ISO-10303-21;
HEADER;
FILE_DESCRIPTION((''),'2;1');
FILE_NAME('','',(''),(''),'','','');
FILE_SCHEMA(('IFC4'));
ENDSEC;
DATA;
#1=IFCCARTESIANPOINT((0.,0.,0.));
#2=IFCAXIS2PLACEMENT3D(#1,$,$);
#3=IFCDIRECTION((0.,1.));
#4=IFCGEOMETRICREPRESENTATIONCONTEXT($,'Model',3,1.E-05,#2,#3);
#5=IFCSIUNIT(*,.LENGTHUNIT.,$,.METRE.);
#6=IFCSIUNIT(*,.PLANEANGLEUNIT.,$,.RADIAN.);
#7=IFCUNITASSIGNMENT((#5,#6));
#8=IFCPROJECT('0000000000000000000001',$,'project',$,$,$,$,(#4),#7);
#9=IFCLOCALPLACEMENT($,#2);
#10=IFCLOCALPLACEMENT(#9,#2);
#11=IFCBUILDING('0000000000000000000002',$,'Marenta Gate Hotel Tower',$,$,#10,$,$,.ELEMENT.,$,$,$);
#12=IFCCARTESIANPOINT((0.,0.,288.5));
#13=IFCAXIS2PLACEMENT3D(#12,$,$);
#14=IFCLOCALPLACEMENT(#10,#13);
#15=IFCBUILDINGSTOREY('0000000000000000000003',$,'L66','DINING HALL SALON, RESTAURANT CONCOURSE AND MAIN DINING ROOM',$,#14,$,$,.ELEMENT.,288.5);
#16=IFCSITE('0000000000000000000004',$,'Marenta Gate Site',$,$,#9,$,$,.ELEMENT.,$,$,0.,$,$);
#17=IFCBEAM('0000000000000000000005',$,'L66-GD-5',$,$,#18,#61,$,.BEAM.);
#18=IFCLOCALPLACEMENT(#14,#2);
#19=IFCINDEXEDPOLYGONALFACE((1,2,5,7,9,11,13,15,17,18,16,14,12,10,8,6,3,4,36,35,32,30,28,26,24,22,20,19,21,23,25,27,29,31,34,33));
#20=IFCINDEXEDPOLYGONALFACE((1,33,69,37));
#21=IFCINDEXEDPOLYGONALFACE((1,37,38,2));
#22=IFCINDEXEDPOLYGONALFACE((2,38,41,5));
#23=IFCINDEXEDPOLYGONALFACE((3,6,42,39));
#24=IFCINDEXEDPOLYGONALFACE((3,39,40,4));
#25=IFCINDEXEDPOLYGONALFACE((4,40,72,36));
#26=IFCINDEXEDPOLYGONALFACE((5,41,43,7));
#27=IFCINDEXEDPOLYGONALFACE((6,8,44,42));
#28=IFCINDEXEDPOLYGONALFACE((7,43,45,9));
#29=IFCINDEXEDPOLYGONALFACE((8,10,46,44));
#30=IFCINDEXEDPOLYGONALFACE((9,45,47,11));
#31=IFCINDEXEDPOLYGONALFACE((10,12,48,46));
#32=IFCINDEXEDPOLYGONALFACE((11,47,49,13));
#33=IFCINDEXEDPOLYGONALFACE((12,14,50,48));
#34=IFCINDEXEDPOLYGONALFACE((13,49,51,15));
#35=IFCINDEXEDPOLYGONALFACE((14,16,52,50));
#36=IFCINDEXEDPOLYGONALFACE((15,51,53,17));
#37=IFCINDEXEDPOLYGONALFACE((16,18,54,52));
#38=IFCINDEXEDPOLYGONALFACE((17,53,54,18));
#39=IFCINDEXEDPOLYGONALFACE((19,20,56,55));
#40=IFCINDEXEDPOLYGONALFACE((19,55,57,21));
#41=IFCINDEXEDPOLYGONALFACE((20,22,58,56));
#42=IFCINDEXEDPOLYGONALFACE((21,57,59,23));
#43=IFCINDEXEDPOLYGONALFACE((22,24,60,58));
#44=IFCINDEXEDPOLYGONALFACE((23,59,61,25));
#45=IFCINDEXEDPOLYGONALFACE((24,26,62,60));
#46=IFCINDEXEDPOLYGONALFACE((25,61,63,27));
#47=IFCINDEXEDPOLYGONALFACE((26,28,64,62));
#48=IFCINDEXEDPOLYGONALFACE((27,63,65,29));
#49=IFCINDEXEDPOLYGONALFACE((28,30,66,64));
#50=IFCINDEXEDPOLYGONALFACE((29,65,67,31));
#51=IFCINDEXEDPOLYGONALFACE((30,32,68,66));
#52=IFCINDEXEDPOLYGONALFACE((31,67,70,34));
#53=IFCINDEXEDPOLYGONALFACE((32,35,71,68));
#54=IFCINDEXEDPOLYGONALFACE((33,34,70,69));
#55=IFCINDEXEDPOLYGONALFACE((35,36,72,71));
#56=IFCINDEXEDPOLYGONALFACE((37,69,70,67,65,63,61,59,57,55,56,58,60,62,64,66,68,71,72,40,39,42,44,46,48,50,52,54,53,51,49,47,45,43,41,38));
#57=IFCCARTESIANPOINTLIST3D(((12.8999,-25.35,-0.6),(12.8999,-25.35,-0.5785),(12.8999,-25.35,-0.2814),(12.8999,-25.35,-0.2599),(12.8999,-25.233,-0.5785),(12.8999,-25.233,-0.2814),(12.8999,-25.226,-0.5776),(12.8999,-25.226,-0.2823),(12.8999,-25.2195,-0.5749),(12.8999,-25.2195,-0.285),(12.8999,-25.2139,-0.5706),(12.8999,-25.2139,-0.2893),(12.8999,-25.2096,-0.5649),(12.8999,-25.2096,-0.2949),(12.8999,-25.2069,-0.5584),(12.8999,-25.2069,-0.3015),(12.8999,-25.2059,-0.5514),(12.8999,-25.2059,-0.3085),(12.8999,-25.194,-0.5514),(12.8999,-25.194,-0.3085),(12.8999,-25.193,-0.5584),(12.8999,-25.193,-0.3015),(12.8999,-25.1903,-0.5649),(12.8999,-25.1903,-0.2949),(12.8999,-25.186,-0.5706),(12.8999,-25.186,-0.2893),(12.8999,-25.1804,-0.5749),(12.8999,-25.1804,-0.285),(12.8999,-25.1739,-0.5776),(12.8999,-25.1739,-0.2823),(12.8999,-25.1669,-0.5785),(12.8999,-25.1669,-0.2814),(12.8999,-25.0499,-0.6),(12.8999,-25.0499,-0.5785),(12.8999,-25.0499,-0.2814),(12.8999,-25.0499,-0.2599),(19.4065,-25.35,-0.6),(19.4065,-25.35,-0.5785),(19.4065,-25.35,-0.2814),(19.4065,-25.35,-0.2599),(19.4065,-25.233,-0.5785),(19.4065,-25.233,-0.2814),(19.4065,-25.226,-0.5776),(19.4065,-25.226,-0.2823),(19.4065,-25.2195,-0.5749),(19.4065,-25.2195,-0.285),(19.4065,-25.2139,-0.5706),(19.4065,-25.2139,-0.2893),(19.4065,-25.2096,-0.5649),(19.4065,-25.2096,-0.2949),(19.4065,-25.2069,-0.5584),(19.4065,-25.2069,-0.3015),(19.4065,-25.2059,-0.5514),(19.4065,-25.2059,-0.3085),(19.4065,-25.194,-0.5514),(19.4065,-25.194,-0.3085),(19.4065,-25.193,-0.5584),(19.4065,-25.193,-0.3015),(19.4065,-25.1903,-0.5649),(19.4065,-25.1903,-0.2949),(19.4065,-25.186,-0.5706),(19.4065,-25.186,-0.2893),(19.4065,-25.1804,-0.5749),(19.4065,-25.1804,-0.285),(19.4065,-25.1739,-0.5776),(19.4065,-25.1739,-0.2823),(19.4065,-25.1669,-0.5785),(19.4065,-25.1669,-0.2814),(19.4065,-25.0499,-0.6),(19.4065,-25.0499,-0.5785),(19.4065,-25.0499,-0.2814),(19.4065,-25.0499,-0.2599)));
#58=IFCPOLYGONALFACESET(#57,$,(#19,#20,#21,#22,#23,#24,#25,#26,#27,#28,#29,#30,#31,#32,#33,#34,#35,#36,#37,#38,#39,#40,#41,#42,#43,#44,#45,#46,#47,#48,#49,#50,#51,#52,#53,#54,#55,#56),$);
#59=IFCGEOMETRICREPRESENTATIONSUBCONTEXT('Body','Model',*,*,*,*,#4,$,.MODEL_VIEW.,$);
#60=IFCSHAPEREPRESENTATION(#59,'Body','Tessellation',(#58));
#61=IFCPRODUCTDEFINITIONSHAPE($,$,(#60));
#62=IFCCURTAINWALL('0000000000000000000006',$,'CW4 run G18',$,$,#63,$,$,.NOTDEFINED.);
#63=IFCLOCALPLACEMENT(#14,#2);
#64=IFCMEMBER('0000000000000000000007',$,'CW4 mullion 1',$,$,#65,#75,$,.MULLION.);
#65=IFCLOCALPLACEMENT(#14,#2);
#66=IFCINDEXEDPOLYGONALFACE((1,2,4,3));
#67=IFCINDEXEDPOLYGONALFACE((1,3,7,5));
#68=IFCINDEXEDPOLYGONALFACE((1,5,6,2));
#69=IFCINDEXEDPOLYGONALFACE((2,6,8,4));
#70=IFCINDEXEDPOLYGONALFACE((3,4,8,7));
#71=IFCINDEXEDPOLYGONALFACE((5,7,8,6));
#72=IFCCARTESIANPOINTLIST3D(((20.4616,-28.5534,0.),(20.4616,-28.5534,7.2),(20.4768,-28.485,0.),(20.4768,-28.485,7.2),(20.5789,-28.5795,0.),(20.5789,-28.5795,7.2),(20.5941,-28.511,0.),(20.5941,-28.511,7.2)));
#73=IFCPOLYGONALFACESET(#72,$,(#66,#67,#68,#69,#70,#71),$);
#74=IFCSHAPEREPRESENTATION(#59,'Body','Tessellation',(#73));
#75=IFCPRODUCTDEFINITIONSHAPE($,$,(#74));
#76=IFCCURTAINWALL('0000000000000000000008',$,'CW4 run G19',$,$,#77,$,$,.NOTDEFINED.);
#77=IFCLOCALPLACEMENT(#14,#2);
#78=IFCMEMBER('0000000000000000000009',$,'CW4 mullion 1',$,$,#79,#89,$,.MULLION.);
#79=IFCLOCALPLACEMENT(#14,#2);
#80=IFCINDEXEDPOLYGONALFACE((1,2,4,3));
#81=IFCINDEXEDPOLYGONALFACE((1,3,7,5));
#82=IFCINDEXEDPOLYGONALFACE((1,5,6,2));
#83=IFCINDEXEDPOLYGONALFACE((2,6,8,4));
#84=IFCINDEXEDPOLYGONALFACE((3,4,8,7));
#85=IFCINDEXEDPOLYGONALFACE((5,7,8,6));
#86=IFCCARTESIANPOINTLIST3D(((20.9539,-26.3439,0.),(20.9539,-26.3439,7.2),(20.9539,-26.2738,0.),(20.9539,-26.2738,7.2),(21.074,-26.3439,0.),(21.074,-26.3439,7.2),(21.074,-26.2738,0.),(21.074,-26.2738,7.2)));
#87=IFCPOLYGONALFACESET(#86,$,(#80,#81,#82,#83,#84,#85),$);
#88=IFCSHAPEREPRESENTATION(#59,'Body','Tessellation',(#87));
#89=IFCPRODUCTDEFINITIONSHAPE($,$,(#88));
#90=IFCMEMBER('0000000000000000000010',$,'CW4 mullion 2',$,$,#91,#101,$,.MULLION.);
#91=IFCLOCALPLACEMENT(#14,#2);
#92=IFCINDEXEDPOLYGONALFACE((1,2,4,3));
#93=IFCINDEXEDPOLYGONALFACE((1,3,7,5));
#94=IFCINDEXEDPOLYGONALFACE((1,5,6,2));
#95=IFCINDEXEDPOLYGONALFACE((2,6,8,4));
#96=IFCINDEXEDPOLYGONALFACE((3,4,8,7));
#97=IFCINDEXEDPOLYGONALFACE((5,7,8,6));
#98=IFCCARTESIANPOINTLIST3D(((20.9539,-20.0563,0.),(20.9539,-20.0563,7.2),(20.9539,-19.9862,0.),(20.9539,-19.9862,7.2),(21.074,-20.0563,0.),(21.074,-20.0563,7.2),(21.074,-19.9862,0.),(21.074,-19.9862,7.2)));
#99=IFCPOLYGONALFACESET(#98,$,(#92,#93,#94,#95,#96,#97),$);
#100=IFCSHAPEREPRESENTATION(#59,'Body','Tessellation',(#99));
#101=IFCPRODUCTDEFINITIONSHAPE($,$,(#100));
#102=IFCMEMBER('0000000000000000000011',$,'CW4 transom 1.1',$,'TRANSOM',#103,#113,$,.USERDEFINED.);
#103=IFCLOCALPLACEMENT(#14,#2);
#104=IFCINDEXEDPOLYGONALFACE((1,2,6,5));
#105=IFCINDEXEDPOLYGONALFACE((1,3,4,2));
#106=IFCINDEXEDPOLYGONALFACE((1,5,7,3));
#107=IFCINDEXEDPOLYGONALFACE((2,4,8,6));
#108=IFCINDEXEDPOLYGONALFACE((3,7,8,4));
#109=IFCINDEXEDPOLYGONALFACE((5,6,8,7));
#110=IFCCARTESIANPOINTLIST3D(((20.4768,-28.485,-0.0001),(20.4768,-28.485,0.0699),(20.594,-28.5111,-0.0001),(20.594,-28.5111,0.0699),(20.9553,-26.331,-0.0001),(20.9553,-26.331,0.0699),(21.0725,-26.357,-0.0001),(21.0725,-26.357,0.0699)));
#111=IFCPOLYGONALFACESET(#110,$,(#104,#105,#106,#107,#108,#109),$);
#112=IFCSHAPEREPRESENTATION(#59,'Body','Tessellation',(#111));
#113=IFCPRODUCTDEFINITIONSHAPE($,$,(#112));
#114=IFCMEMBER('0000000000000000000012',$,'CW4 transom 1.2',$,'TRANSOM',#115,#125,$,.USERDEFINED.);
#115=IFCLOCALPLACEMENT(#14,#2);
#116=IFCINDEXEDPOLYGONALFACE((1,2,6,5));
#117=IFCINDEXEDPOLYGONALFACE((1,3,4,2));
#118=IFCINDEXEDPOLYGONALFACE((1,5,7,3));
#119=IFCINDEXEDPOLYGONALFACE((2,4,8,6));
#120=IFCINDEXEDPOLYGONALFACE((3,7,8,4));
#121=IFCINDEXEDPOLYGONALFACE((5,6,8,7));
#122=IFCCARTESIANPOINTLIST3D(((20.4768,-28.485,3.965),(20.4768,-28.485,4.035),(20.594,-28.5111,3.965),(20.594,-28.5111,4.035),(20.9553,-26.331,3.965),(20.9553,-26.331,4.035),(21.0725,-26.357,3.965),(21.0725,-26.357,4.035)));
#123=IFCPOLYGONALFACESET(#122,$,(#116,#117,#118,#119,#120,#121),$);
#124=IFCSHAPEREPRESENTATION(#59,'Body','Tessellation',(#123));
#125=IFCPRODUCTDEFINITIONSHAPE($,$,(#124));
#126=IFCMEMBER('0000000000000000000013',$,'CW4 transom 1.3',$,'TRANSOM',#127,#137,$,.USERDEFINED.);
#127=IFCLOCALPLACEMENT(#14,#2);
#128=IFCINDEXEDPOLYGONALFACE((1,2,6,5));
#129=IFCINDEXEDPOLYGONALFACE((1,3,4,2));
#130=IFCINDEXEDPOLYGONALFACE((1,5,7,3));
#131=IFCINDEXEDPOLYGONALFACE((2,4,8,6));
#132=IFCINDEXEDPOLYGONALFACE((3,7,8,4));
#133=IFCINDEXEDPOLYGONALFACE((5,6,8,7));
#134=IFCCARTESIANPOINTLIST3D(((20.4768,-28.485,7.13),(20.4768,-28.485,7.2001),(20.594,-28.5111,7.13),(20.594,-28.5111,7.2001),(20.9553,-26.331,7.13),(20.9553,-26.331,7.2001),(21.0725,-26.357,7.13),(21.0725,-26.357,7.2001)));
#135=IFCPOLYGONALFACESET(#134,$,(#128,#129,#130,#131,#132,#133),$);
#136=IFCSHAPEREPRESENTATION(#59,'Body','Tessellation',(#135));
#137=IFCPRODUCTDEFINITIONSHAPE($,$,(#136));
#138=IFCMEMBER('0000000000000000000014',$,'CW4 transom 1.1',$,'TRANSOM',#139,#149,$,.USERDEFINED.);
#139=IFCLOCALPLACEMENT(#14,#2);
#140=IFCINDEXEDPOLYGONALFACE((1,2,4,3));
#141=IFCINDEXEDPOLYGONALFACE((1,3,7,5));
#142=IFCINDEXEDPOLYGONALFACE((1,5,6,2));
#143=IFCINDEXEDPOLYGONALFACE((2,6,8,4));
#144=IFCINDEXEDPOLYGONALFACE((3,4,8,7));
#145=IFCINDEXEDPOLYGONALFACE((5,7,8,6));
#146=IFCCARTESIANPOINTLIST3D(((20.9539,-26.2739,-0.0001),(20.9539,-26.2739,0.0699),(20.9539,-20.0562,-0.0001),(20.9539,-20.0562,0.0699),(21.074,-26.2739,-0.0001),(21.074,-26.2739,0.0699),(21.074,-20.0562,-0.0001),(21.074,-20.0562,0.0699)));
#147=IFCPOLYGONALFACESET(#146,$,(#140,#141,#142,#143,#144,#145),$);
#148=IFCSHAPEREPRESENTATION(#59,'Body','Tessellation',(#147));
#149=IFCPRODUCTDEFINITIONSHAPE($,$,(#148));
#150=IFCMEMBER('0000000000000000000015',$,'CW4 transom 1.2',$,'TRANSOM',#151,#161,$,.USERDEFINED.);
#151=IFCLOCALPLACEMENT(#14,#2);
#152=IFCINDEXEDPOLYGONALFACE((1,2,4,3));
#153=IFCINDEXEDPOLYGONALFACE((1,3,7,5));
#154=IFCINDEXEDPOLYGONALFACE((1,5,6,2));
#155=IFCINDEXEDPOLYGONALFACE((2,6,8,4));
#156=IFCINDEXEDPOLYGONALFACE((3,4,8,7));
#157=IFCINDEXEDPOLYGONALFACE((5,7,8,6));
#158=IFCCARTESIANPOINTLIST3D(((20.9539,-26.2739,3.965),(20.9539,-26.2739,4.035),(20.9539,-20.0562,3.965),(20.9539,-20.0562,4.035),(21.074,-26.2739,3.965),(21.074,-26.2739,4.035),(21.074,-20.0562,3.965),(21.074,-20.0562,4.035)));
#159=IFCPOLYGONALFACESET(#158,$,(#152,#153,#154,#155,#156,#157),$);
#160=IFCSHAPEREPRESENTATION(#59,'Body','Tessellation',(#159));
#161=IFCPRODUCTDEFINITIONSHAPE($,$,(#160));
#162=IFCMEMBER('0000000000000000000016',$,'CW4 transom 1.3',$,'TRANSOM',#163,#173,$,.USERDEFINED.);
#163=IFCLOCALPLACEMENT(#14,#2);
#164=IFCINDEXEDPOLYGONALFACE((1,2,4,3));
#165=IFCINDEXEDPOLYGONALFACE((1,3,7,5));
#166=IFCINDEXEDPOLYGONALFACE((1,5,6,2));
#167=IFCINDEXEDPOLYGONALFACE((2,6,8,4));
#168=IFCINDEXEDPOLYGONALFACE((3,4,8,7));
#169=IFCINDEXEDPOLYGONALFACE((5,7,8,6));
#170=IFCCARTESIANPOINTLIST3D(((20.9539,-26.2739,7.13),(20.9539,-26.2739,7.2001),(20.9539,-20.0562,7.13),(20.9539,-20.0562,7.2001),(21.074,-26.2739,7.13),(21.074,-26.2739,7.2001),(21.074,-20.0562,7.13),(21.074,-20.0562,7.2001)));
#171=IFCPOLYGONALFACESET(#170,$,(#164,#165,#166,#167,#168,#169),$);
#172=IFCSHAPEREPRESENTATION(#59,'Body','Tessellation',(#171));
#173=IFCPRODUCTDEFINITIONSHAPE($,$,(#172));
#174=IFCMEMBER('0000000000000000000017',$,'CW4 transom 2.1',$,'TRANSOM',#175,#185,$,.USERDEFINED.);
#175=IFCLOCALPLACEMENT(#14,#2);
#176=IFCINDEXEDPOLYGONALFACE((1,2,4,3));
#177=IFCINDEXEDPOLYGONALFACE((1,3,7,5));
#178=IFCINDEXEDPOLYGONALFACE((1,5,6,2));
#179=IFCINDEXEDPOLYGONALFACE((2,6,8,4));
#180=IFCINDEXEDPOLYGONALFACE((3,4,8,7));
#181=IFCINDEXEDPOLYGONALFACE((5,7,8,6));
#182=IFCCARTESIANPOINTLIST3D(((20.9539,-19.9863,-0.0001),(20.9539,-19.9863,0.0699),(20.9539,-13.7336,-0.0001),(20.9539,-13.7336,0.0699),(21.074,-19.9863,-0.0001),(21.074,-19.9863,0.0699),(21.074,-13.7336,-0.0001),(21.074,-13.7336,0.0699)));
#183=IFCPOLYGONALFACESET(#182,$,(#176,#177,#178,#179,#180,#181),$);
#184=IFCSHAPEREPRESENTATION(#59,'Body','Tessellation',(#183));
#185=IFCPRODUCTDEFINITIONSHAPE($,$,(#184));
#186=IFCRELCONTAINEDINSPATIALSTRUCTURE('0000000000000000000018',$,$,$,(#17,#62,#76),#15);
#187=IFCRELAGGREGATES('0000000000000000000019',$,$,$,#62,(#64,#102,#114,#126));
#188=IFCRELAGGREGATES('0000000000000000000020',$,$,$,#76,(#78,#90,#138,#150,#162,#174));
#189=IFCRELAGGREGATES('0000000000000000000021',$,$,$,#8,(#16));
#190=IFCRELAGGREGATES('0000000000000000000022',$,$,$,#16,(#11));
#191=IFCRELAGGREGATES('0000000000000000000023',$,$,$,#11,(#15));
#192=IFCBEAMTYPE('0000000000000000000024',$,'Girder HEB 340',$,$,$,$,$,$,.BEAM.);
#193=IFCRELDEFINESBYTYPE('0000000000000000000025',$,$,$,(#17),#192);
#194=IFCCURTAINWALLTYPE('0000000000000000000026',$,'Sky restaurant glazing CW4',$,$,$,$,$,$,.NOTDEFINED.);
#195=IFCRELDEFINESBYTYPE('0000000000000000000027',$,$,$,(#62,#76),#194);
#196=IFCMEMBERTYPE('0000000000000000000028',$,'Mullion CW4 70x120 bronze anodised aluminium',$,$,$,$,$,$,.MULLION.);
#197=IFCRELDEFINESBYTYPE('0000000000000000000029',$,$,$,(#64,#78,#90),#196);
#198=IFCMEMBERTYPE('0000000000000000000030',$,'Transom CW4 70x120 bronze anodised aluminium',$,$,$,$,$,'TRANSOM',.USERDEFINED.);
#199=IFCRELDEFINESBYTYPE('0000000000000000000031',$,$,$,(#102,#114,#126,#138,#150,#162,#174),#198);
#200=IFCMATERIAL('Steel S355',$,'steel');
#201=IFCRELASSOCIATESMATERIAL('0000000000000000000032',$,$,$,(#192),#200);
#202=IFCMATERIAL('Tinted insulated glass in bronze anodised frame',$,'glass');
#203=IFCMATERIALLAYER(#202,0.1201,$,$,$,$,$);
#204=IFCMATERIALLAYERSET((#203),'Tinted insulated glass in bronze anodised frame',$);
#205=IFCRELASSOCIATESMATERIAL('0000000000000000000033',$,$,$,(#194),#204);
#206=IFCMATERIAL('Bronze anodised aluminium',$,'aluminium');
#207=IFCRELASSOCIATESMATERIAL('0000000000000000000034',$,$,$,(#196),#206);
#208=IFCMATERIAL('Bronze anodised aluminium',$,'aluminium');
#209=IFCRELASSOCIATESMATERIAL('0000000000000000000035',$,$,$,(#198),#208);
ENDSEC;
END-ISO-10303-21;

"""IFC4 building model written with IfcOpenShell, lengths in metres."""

from ifc_helpers import new_model, si_unit, direction, frame, origin, origin_2d, place, context, subcontext, project, spatial, rectangle, i_section, extrude, material, layer, layer_set, material_profile, profile_set, type_object, element, aggregate, save


model = new_model("IFC4")

# Units and contexts
model_context = context("Model", 3, precision=1e-05, world=origin(), true_north=direction((0.0, 1.0)))
body_context = subcontext(model_context, "Body", "Model", "MODEL_VIEW")
ifc_project = project(units=[si_unit("LENGTHUNIT", "METRE"), si_unit("PLANEANGLEUNIT", "RADIAN")], contexts=[model_context])

# Site, building, storey
site_placement = place(None, origin())
site = spatial("IfcSite", under=ifc_project, at=site_placement, Name="Marenta Gate Site", CompositionType="ELEMENT", RefElevation=0.0)
building_placement = place(site_placement, origin())
building = spatial("IfcBuilding", under=site, at=building_placement, Name="Marenta Gate Hotel Tower", CompositionType="ELEMENT")
storey_placement = place(building_placement, frame((0.0, 0.0, 288.5)))
storey = spatial("IfcBuildingStorey", under=building, at=storey_placement, Name="L66", Description="DINING HALL SALON, RESTAURANT CONCOURSE AND MAIN DINING ROOM", CompositionType="ELEMENT", Elevation=288.5)

# Beam
ifc_material_1 = material(Name="Steel S355", Category="steel")
ifc_material_profile_1 = material_profile(ifc_material_1, i_section(OverallWidth=0.3, OverallDepth=0.3401, WebThickness=0.012, FlangeThickness=0.0215, FilletRadius=0.0271, at=origin_2d()), Name="HEB 340")
ifc_profile_set_1 = profile_set([ifc_material_profile_1], Name="Steel S355")
beam_type_1 = type_object("IfcBeamType", Name="Girder HEB 340", PredefinedType="BEAM", material=ifc_profile_set_1)
beam_1_placement = place(storey_placement, frame((12.8999, -25.2, -0.4299), z_axis=(1.0, 0.0, 0.0), x_axis=(0.0, 1.0, 0.0)))
element("IfcBeam", 1, at=beam_1_placement, inside=storey, type_object=beam_type_1, Name="L66-GD-5", PredefinedType="BEAM", context=body_context, shape_type="SweptSolid", body=[
    extrude(i_section(OverallWidth=0.3, OverallDepth=0.3401, WebThickness=0.012, FlangeThickness=0.0215, FilletRadius=0.0271, at=origin_2d()), origin(), (0.0, 0.0, 1.0), 6.5066),
])

# Curtain wall, member
ifc_material_2 = material(Name="Tinted insulated glass in bronze anodised frame", Category="glass")
ifc_layer_1 = layer(ifc_material_2, 0.1201)
ifc_layer_set_1 = layer_set([ifc_layer_1], Name="Tinted insulated glass in bronze anodised frame")
curtain_wall_type = type_object("IfcCurtainWallType", Name="Sky restaurant glazing CW4", PredefinedType="NOTDEFINED", material=ifc_layer_set_1)
curtain_wall_1_placement = place(storey_placement, origin())
curtain_wall_1 = element("IfcCurtainWall", 2, at=curtain_wall_1_placement, inside=storey, type_object=curtain_wall_type, Name="CW4 run G18", PredefinedType="NOTDEFINED")
ifc_material_3 = material(Name="Bronze anodised aluminium", Category="aluminium")
ifc_material_profile_2 = material_profile(ifc_material_3, rectangle(XDim=0.1201, YDim=0.0701, at=origin_2d()), Name="Mullion CW4 70x120 bronze anodised aluminium")
ifc_profile_set_2 = profile_set([ifc_material_profile_2], Name="Bronze anodised aluminium")
member_type_1 = type_object("IfcMemberType", Name="Mullion CW4 70x120 bronze anodised aluminium", PredefinedType="MULLION", material=ifc_profile_set_2)
member_1_placement = place(storey_placement, frame((20.5278, -28.5322, 0.0), z_axis=(0.0, 0.0, 1.0), x_axis=(-0.976207, 0.216842, 0.0)))
member_1 = element("IfcMember", 3, at=member_1_placement, type_object=member_type_1, Name="CW4 mullion 1", PredefinedType="MULLION", context=body_context, shape_type="SweptSolid", body=[
    extrude(rectangle(XDim=0.1201, YDim=0.0701, at=origin_2d()), origin(), (0.0, 0.0, 1.0), 7.2),
])

# Curtain wall, members
curtain_wall_2_placement = place(storey_placement, origin())
curtain_wall_2 = element("IfcCurtainWall", 4, at=curtain_wall_2_placement, inside=storey, type_object=curtain_wall_type, Name="CW4 run G19", PredefinedType="NOTDEFINED")
member_2_placement = place(storey_placement, frame((21.0139, -26.3088, 0.0), z_axis=(0.0, 0.0, 1.0), x_axis=(-1.0, 0.0, 0.0)))
member_2 = element("IfcMember", 5, at=member_2_placement, type_object=member_type_1, Name="CW4 mullion 1", PredefinedType="MULLION", context=body_context, shape_type="SweptSolid", body=[
    extrude(rectangle(XDim=0.1201, YDim=0.0701, at=origin_2d()), origin(), (0.0, 0.0, 1.0), 7.2),
])
member_3_placement = place(storey_placement, frame((21.0139, -20.0212, 0.0), z_axis=(0.0, 0.0, 1.0), x_axis=(-1.0, 0.0, 0.0)))
member_3 = element("IfcMember", 6, at=member_3_placement, type_object=member_type_1, Name="CW4 mullion 2", PredefinedType="MULLION", context=body_context, shape_type="SweptSolid", body=[
    extrude(rectangle(XDim=0.1201, YDim=0.0701, at=origin_2d()), origin(), (0.0, 0.0, 1.0), 7.2),
])

# Members
ifc_material_4 = material(Name="Bronze anodised aluminium", Category="aluminium")
ifc_material_profile_3 = material_profile(ifc_material_4, rectangle(XDim=0.1201, YDim=0.0701, at=origin_2d()), Name="Transom CW4 70x120 bronze anodised aluminium")
ifc_profile_set_3 = profile_set([ifc_material_profile_3], Name="Bronze anodised aluminium")
member_type_2 = type_object("IfcMemberType", Name="Transom CW4 70x120 bronze anodised aluminium", ElementType="TRANSOM", PredefinedType="USERDEFINED", material=ifc_profile_set_3)
member_4_placement = place(storey_placement, frame((20.5354, -28.498, 0.0349), z_axis=(0.21686, 0.976203, 0.0), x_axis=(-0.976203, 0.21686, 0.0)))
member_4 = element("IfcMember", 7, at=member_4_placement, type_object=member_type_2, Name="CW4 transom 1.1", ObjectType="TRANSOM", PredefinedType="USERDEFINED", context=body_context, shape_type="SweptSolid", body=[
    extrude(rectangle(XDim=0.1201, YDim=0.0701, at=origin_2d()), origin(), (0.0, 0.0, 1.0), 2.2065),
])
member_5_placement = place(storey_placement, frame((20.5354, -28.498, 4.0), z_axis=(0.21686, 0.976203, 0.0), x_axis=(-0.976203, 0.21686, 0.0)))
member_5 = element("IfcMember", 8, at=member_5_placement, type_object=member_type_2, Name="CW4 transom 1.2", ObjectType="TRANSOM", PredefinedType="USERDEFINED", context=body_context, shape_type="SweptSolid", body=[
    extrude(rectangle(XDim=0.1201, YDim=0.0701, at=origin_2d()), origin(), (0.0, 0.0, 1.0), 2.2065),
])
member_6_placement = place(storey_placement, frame((20.5354, -28.498, 7.165), z_axis=(0.21686, 0.976203, 0.0), x_axis=(-0.976203, 0.21686, 0.0)))
member_6 = element("IfcMember", 9, at=member_6_placement, type_object=member_type_2, Name="CW4 transom 1.3", ObjectType="TRANSOM", PredefinedType="USERDEFINED", context=body_context, shape_type="SweptSolid", body=[
    extrude(rectangle(XDim=0.1201, YDim=0.0701, at=origin_2d()), origin(), (0.0, 0.0, 1.0), 2.2065),
])
member_7_placement = place(storey_placement, frame((21.0139, -26.2739, 0.0349), z_axis=(0.0, 1.0, 0.0), x_axis=(-1.0, 0.0, 0.0)))
member_7 = element("IfcMember", 10, at=member_7_placement, type_object=member_type_2, Name="CW4 transom 1.1", ObjectType="TRANSOM", PredefinedType="USERDEFINED", context=body_context, shape_type="SweptSolid", body=[
    extrude(rectangle(XDim=0.1201, YDim=0.0701, at=origin_2d()), origin(), (0.0, 0.0, 1.0), 6.2178),
])
member_8_placement = place(storey_placement, frame((21.0139, -26.2739, 4.0), z_axis=(0.0, 1.0, 0.0), x_axis=(-1.0, 0.0, 0.0)))
member_8 = element("IfcMember", 11, at=member_8_placement, type_object=member_type_2, Name="CW4 transom 1.2", ObjectType="TRANSOM", PredefinedType="USERDEFINED", context=body_context, shape_type="SweptSolid", body=[
    extrude(rectangle(XDim=0.1201, YDim=0.0701, at=origin_2d()), origin(), (0.0, 0.0, 1.0), 6.2178),
])
member_9_placement = place(storey_placement, frame((21.0139, -26.2739, 7.165), z_axis=(0.0, 1.0, 0.0), x_axis=(-1.0, 0.0, 0.0)))
member_9 = element("IfcMember", 12, at=member_9_placement, type_object=member_type_2, Name="CW4 transom 1.3", ObjectType="TRANSOM", PredefinedType="USERDEFINED", context=body_context, shape_type="SweptSolid", body=[
    extrude(rectangle(XDim=0.1201, YDim=0.0701, at=origin_2d()), origin(), (0.0, 0.0, 1.0), 6.2178),
])
member_10_placement = place(storey_placement, frame((21.0139, -19.9863, 0.0349), z_axis=(0.0, 1.0, 0.0), x_axis=(-1.0, 0.0, 0.0)))
member_10 = element("IfcMember", 13, at=member_10_placement, type_object=member_type_2, Name="CW4 transom 2.1", ObjectType="TRANSOM", PredefinedType="USERDEFINED", context=body_context, shape_type="SweptSolid", body=[
    extrude(rectangle(XDim=0.1201, YDim=0.0701, at=origin_2d()), origin(), (0.0, 0.0, 1.0), 6.2527),
])

aggregate(curtain_wall_1, [member_1, member_4, member_5, member_6])
aggregate(curtain_wall_2, [member_2, member_3, member_7, member_8, member_9, member_10])

save(model, "model.ifc")
